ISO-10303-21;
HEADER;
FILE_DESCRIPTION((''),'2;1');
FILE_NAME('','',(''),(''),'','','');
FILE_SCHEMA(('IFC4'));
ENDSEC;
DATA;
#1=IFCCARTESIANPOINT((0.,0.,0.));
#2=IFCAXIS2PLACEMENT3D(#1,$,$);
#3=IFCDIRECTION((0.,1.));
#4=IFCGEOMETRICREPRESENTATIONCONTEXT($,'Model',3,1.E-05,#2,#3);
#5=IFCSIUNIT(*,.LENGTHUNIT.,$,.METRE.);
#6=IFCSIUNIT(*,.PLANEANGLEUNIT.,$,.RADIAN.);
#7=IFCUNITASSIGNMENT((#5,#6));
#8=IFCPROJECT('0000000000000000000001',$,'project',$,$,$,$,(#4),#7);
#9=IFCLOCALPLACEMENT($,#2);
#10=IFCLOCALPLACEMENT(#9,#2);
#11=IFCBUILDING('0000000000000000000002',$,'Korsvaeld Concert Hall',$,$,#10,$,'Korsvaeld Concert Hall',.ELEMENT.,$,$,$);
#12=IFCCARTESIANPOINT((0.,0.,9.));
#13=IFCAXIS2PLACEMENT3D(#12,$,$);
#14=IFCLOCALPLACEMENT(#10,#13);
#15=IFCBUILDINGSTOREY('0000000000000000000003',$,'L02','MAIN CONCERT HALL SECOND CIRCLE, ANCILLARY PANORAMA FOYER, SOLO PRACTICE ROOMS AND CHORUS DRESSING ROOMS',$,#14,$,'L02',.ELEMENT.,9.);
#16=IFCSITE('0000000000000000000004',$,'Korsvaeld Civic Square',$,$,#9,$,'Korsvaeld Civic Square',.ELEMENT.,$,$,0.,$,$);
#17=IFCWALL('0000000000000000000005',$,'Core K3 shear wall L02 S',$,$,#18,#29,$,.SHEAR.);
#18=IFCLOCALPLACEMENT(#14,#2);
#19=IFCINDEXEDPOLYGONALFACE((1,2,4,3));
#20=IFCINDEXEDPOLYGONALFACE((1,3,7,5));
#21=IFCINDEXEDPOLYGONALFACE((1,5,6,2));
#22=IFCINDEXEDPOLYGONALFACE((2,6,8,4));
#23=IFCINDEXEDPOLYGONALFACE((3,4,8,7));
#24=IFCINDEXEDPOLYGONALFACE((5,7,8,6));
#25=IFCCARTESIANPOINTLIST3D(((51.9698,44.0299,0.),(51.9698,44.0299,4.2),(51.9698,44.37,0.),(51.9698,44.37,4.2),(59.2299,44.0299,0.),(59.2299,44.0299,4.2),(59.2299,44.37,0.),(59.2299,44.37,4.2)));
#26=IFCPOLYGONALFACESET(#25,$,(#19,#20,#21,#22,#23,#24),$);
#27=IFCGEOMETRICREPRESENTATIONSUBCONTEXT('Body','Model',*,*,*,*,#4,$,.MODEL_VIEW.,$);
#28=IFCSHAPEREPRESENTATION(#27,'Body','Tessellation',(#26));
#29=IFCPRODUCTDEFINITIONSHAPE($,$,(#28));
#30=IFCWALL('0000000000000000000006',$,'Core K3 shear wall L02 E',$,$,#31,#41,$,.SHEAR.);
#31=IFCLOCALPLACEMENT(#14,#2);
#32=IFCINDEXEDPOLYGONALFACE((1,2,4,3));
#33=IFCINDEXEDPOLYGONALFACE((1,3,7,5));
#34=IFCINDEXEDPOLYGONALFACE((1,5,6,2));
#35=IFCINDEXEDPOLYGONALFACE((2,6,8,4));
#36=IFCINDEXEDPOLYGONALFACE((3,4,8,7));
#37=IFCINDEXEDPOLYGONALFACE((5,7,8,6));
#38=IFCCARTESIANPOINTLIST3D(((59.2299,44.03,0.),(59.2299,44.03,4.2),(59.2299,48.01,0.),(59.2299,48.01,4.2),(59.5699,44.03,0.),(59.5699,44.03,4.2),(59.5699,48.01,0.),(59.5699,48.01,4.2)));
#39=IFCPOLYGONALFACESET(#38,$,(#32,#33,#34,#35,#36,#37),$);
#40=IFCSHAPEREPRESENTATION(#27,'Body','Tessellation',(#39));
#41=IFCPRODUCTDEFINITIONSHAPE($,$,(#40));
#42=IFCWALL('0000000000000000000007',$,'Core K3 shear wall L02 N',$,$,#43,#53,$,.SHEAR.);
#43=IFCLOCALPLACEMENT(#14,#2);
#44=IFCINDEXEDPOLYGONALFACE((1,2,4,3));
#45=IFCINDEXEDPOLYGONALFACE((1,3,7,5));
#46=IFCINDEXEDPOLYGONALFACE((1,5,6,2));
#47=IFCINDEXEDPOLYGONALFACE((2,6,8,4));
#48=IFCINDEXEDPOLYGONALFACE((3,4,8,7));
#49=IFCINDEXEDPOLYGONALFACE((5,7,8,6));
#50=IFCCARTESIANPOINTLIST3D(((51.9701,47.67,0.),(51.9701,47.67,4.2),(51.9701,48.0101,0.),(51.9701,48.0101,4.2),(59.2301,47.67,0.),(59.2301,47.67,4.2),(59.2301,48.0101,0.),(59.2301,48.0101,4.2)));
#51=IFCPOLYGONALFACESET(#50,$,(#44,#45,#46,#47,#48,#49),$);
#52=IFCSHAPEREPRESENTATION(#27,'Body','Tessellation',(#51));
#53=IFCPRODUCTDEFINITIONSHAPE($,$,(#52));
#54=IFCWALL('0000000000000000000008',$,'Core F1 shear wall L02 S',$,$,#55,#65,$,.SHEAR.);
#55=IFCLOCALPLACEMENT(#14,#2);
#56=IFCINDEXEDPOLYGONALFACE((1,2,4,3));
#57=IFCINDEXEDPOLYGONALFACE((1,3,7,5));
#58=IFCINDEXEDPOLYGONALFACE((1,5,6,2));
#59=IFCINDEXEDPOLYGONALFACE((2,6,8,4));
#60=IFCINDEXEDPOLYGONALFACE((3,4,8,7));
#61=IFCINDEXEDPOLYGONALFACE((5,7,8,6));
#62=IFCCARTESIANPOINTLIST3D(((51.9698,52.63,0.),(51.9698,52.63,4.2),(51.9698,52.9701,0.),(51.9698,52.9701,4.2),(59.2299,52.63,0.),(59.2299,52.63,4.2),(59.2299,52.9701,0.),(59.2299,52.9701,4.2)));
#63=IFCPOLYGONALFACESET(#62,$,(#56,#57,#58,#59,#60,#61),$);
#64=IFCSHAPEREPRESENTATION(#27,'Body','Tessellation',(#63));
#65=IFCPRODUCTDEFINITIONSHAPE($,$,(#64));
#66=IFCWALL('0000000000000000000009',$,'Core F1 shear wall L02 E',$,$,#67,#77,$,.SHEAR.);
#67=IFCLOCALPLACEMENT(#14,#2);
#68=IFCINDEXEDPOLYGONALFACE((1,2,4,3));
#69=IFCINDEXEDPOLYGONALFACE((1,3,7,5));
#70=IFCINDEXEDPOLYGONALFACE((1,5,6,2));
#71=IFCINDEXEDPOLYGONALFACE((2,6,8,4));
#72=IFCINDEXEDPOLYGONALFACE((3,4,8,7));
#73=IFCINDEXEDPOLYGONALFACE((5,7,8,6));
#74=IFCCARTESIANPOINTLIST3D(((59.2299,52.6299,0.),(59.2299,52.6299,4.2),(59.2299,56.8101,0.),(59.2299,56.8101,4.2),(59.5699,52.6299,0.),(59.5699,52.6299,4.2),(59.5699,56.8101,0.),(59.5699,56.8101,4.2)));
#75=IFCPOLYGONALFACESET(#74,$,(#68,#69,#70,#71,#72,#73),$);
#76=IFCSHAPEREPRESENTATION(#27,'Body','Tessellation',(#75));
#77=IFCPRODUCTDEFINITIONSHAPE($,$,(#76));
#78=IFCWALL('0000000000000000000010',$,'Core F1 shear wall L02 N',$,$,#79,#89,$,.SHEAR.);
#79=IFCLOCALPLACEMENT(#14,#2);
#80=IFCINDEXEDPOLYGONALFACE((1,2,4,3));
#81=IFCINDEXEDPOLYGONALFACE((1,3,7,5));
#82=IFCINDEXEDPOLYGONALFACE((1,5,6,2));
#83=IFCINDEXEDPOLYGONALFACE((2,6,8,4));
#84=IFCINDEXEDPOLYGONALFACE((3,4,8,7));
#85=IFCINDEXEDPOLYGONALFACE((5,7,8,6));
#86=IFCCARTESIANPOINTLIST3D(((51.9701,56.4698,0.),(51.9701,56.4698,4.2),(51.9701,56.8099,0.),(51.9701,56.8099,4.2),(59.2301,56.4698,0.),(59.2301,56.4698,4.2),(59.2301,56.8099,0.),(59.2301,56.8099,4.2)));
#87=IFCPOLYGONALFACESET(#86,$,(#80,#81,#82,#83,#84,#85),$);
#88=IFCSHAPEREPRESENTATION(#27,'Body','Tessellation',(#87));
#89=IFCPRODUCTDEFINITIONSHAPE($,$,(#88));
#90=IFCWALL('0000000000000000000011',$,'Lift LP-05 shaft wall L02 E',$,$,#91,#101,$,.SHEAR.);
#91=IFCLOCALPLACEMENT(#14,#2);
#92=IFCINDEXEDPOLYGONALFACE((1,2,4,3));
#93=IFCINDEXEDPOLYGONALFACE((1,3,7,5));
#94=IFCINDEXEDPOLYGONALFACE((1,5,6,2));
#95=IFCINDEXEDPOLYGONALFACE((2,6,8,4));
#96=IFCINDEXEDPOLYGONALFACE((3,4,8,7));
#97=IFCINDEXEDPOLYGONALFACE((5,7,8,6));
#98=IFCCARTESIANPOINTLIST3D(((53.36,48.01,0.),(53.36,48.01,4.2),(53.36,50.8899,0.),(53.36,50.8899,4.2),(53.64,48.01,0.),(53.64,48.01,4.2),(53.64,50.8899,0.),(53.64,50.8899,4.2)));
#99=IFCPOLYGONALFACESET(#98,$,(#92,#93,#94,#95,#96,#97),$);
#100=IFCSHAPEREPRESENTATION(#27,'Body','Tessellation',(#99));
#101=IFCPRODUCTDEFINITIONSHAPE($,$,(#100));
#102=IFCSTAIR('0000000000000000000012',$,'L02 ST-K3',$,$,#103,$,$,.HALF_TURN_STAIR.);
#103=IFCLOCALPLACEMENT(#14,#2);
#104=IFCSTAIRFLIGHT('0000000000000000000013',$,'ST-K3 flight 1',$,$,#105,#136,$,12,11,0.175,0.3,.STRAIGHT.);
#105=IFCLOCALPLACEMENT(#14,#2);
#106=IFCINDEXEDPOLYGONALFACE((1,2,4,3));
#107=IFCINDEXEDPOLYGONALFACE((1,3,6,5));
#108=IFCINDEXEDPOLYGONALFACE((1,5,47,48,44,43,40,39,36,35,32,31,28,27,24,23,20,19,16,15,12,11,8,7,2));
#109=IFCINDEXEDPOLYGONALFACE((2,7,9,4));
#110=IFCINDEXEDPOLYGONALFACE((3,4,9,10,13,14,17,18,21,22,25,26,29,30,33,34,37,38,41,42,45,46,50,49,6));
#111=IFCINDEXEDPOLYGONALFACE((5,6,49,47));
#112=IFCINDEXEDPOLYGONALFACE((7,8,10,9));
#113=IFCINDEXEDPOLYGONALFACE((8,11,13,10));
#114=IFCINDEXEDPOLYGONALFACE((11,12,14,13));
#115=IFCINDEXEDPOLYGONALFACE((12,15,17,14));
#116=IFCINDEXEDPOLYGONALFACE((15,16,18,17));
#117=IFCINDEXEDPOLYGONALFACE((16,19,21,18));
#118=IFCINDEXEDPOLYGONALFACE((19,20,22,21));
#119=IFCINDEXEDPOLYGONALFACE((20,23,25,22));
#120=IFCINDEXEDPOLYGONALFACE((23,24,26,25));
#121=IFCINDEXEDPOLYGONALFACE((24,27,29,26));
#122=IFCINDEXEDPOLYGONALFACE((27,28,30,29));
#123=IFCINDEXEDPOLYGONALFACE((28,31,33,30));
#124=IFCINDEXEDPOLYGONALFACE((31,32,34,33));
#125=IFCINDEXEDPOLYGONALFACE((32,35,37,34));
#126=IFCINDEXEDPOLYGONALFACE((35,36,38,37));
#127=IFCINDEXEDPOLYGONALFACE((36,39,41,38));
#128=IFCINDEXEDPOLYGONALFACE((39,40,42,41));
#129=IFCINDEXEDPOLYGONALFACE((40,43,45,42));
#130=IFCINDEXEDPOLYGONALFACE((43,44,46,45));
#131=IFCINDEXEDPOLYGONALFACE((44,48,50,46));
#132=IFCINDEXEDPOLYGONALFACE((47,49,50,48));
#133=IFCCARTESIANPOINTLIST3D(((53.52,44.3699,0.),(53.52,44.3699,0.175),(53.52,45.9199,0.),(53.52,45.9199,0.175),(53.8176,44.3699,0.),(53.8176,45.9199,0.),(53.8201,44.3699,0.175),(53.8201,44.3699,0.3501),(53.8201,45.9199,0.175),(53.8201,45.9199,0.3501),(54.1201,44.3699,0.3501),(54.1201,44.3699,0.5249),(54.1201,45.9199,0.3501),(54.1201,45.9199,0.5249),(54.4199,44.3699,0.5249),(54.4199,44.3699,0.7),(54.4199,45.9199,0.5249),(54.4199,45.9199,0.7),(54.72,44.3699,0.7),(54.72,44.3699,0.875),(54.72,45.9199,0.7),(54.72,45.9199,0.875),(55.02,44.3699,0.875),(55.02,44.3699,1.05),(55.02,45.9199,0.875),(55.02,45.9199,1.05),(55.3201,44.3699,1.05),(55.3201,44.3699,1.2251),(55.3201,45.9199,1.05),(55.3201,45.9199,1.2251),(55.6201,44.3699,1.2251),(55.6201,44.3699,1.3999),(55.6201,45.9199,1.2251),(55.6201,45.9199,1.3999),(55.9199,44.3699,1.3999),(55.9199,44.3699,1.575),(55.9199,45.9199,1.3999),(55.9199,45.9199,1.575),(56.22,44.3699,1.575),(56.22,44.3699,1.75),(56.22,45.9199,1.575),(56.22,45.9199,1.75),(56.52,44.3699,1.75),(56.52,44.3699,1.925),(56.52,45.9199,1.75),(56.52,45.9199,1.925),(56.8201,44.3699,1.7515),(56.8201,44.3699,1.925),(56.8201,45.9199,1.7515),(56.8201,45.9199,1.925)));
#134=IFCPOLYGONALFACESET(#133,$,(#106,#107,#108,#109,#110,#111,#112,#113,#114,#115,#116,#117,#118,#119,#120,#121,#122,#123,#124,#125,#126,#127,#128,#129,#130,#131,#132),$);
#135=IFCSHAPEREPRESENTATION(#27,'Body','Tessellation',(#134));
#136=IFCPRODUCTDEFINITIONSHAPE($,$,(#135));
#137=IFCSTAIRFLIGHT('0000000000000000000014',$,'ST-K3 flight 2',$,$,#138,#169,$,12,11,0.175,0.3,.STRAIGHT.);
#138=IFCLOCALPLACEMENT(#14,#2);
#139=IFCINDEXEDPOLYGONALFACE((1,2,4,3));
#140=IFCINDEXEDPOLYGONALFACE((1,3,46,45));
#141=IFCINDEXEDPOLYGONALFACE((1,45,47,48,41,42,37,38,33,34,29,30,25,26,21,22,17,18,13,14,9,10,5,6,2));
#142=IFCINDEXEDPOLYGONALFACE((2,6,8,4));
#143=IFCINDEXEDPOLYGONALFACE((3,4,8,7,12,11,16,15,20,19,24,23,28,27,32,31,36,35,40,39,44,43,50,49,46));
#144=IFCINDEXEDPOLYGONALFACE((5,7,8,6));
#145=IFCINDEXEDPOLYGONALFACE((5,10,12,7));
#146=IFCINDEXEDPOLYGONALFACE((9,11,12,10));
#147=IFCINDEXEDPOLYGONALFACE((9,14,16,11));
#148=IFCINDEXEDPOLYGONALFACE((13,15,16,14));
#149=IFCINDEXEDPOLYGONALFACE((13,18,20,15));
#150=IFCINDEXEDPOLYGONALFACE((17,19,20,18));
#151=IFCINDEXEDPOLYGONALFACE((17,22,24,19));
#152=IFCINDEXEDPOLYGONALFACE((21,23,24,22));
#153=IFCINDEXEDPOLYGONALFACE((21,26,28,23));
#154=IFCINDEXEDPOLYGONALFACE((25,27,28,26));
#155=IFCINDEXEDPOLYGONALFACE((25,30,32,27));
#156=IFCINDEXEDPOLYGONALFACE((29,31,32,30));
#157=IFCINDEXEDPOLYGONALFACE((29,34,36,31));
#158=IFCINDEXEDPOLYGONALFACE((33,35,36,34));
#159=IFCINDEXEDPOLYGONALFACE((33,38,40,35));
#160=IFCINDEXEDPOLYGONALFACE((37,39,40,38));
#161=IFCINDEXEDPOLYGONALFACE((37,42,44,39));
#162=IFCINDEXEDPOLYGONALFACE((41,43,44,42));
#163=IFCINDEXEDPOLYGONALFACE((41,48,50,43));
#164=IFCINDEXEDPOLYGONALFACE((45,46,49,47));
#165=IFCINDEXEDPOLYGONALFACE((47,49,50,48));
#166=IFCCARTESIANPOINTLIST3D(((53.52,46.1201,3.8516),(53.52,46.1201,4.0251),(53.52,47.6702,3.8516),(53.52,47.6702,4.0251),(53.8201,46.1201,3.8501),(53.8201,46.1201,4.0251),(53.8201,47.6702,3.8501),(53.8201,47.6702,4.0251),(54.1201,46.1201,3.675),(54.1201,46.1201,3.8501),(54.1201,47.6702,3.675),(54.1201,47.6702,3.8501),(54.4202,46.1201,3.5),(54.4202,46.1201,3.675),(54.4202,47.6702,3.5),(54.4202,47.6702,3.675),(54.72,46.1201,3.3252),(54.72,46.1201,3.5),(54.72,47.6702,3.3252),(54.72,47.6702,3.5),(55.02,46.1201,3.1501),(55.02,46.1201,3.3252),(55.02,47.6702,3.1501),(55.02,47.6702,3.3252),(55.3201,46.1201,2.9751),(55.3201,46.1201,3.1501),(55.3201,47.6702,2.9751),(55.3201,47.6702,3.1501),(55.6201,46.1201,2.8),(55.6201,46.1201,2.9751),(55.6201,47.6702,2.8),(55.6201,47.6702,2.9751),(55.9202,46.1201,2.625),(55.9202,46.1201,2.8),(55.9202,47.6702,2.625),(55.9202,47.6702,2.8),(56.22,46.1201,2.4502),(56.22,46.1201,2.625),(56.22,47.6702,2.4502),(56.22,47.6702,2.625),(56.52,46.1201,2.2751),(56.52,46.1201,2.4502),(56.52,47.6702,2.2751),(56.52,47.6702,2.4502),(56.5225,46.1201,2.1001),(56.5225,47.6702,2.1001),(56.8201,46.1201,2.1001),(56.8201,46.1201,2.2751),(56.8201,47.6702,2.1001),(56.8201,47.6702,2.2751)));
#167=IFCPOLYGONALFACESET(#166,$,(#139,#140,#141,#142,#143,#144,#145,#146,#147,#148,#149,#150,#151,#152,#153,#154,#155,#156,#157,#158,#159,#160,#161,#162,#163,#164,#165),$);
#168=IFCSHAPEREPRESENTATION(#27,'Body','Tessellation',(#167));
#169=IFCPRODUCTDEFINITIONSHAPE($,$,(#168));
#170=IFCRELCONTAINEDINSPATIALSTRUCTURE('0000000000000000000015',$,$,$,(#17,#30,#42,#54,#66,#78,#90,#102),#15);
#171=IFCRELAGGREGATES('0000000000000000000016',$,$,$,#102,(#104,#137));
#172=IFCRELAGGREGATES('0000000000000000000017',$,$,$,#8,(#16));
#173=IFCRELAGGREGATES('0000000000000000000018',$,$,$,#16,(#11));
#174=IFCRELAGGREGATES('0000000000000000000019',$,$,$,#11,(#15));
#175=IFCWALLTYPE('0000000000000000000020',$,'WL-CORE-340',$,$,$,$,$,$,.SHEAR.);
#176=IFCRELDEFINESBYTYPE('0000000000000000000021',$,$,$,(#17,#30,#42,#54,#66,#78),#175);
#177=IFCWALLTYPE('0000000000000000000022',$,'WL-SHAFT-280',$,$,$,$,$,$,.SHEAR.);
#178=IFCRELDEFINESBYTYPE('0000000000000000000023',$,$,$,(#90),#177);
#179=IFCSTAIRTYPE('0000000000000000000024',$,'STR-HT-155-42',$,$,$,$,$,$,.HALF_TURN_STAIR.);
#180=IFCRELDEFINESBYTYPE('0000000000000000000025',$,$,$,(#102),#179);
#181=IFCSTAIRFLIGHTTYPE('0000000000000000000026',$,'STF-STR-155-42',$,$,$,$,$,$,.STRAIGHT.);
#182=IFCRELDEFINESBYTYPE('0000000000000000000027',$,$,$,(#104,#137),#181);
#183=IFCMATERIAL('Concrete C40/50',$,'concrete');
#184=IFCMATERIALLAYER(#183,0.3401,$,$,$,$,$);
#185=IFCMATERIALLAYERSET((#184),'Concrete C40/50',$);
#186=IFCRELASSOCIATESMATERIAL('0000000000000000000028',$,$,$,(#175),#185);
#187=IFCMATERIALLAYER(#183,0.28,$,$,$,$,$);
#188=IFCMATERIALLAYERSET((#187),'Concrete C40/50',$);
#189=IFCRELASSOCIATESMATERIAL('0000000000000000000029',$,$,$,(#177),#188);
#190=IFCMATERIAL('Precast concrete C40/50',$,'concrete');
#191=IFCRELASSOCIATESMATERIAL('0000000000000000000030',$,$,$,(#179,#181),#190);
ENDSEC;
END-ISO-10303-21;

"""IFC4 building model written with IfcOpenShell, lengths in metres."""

from ifc_helpers import new_model, si_unit, direction, frame, frame_2d, origin, place, context, subcontext, project, spatial, polyline, rectangle, outline, extrude, material, layer, layer_set, type_object, element, aggregate, save


model = new_model("IFC4")

# Units and contexts
model_context = context("Model", 3, precision=1e-05, world=origin(), true_north=direction((0.0, 1.0)))
body_context = subcontext(model_context, "Body", "Model", "MODEL_VIEW")
ifc_project = project(units=[si_unit("LENGTHUNIT", "METRE"), si_unit("PLANEANGLEUNIT", "RADIAN")], contexts=[model_context])

# Site, building, storey
site_placement = place(None, origin())
site = spatial("IfcSite", under=ifc_project, at=site_placement, Name="Korsvaeld Civic Square", LongName="Korsvaeld Civic Square", CompositionType="ELEMENT", RefElevation=0.0)
building_placement = place(site_placement, origin())
building = spatial("IfcBuilding", under=site, at=building_placement, Name="Korsvaeld Concert Hall", LongName="Korsvaeld Concert Hall", CompositionType="ELEMENT")
storey_placement = place(building_placement, frame((0.0, 0.0, 9.0)))
storey = spatial("IfcBuildingStorey", under=building, at=storey_placement, Name="L02", Description="MAIN CONCERT HALL SECOND CIRCLE, ANCILLARY PANORAMA FOYER, SOLO PRACTICE ROOMS AND CHORUS DRESSING ROOMS", LongName="L02", CompositionType="ELEMENT", Elevation=9.0)

# Shared definitions
ifc_material_1 = material(Name="Concrete C40/50", Category="concrete")

# Walls
ifc_layer_1 = layer(ifc_material_1, 0.3401)
ifc_layer_set_1 = layer_set([ifc_layer_1], Name="Concrete C40/50")
wall_type_1 = type_object("IfcWallType", Name="WL-CORE-340", PredefinedType="SHEAR", material=ifc_layer_set_1)
wall_1_placement = place(storey_placement, frame((51.97, 44.2, 0.0), z_axis=(0.0, 0.0, 1.0), x_axis=(1.0, 0.0, 0.0)))
element("IfcWall", 1, at=wall_1_placement, inside=storey, type_object=wall_type_1, Name="Core K3 shear wall L02 S", PredefinedType="SHEAR", context=body_context, shape_type="SweptSolid", body=[
    extrude(rectangle(XDim=7.26, YDim=0.3401, at=frame_2d((3.6299, 0.0))), origin(), (0.0, 0.0, 1.0), 4.2),
])
wall_2_placement = place(storey_placement, frame((59.3999, 44.03, 0.0), z_axis=(0.0, 0.0, 1.0), x_axis=(0.0, 1.0, 0.0)))
element("IfcWall", 2, at=wall_2_placement, inside=storey, type_object=wall_type_1, Name="Core K3 shear wall L02 E", PredefinedType="SHEAR", context=body_context, shape_type="SweptSolid", body=[
    extrude(rectangle(XDim=3.98, YDim=0.3401, at=frame_2d((1.99, 0.0))), origin(), (0.0, 0.0, 1.0), 4.2),
])
wall_3_placement = place(storey_placement, frame((59.23, 47.8401, 0.0), z_axis=(0.0, 0.0, 1.0), x_axis=(-1.0, 0.0, 0.0)))
element("IfcWall", 3, at=wall_3_placement, inside=storey, type_object=wall_type_1, Name="Core K3 shear wall L02 N", PredefinedType="SHEAR", context=body_context, shape_type="SweptSolid", body=[
    extrude(rectangle(XDim=7.26, YDim=0.3401, at=frame_2d((3.6299, 0.0))), origin(), (0.0, 0.0, 1.0), 4.2),
])

# Walls
wall_4_placement = place(storey_placement, frame((51.97, 52.8, 0.0), z_axis=(0.0, 0.0, 1.0), x_axis=(1.0, 0.0, 0.0)))
element("IfcWall", 4, at=wall_4_placement, inside=storey, type_object=wall_type_1, Name="Core F1 shear wall L02 S", PredefinedType="SHEAR", context=body_context, shape_type="SweptSolid", body=[
    extrude(rectangle(XDim=7.26, YDim=0.3401, at=frame_2d((3.6299, 0.0))), origin(), (0.0, 0.0, 1.0), 4.2),
])
wall_5_placement = place(storey_placement, frame((59.3999, 52.6299, 0.0), z_axis=(0.0, 0.0, 1.0), x_axis=(0.0, 1.0, 0.0)))
element("IfcWall", 5, at=wall_5_placement, inside=storey, type_object=wall_type_1, Name="Core F1 shear wall L02 E", PredefinedType="SHEAR", context=body_context, shape_type="SweptSolid", body=[
    extrude(rectangle(XDim=4.1802, YDim=0.3401, at=frame_2d((2.0901, 0.0))), origin(), (0.0, 0.0, 1.0), 4.2),
])
wall_6_placement = place(storey_placement, frame((59.23, 56.6399, 0.0), z_axis=(0.0, 0.0, 1.0), x_axis=(-1.0, 0.0, 0.0)))
element("IfcWall", 6, at=wall_6_placement, inside=storey, type_object=wall_type_1, Name="Core F1 shear wall L02 N", PredefinedType="SHEAR", context=body_context, shape_type="SweptSolid", body=[
    extrude(rectangle(XDim=7.26, YDim=0.3401, at=frame_2d((3.6299, 0.0))), origin(), (0.0, 0.0, 1.0), 4.2),
])

# Wall
ifc_layer_2 = layer(ifc_material_1, 0.28)
ifc_layer_set_2 = layer_set([ifc_layer_2], Name="Concrete C40/50")
wall_type_2 = type_object("IfcWallType", Name="WL-SHAFT-280", PredefinedType="SHEAR", material=ifc_layer_set_2)
wall_7_placement = place(storey_placement, frame((53.5, 48.01, 0.0), z_axis=(0.0, 0.0, 1.0), x_axis=(0.0, 1.0, 0.0)))
element("IfcWall", 7, at=wall_7_placement, inside=storey, type_object=wall_type_2, Name="Lift LP-05 shaft wall L02 E", PredefinedType="SHEAR", context=body_context, shape_type="SweptSolid", body=[
    extrude(rectangle(XDim=2.8799, YDim=0.28, at=frame_2d((1.4399, 0.0))), origin(), (0.0, 0.0, 1.0), 4.2),
])

# Stair, stair flights
ifc_material_2 = material(Name="Precast concrete C40/50", Category="concrete")
stair_type = type_object("IfcStairType", Name="STR-HT-155-42", PredefinedType="HALF_TURN_STAIR", material=ifc_material_2)
stair_placement = place(storey_placement, origin())
stair = element("IfcStair", 8, at=stair_placement, inside=storey, type_object=stair_type, Name="L02 ST-K3", PredefinedType="HALF_TURN_STAIR")
stair_flight_type = type_object("IfcStairFlightType", Name="STF-STR-155-42", PredefinedType="STRAIGHT", material=ifc_material_2)
stair_flight_1_placement = place(storey_placement, frame((53.52, 45.145, 0.0), z_axis=(0.0, 0.0, 1.0), x_axis=(1.0, 0.0, 0.0)))
stair_flight_1 = element("IfcStairFlight", 9, at=stair_flight_1_placement, type_object=stair_flight_type, Name="ST-K3 flight 1", NumberOfRisers=12, NumberOfTreads=11, PredefinedType="STRAIGHT", RiserHeight=0.175, TreadLength=0.3, context=body_context, shape_type="SweptSolid", body=[
    extrude(outline(polyline([(0.0, 0.0), (0.0, 0.175), (0.3, 0.175), (0.3, 0.3501), (0.6001, 0.3501), (0.6001, 0.5249), (0.8999, 0.5249), (0.8999, 0.7), (1.2, 0.7), (1.2, 0.875), (1.5, 0.875), (1.5, 1.05), (1.8, 1.05), (1.8, 1.2251), (2.1001, 1.2251), (2.1001, 1.3999), (2.3999, 1.3999), (2.3999, 1.575), (2.7, 1.575), (2.7, 1.75), (3.0, 1.75), (3.0, 1.925), (3.3, 1.925), (3.3, 2.1001), (3.3, 1.7515), (0.2976, 0.0), (0.0, 0.0)])), frame((0.0, 0.7749, 0.0), z_axis=(0.0, -1.0, 0.0), x_axis=(1.0, 0.0, 0.0)), (0.0, 0.0, 1.0), 1.55),
])
stair_flight_2_placement = place(storey_placement, frame((56.8201, 46.895, 2.1001), z_axis=(0.0, 0.0, 1.0), x_axis=(-1.0, 0.0, 0.0)))
stair_flight_2 = element("IfcStairFlight", 10, at=stair_flight_2_placement, type_object=stair_flight_type, Name="ST-K3 flight 2", NumberOfRisers=12, NumberOfTreads=11, PredefinedType="STRAIGHT", RiserHeight=0.175, TreadLength=0.3, context=body_context, shape_type="SweptSolid", body=[
    extrude(outline(polyline([(0.0, 0.0), (0.0, 0.175), (0.3, 0.175), (0.3, 0.3501), (0.6001, 0.3501), (0.6001, 0.5249), (0.8999, 0.5249), (0.8999, 0.7), (1.2, 0.7), (1.2, 0.875), (1.5, 0.875), (1.5, 1.05), (1.8, 1.05), (1.8, 1.2251), (2.1001, 1.2251), (2.1001, 1.3999), (2.3999, 1.3999), (2.3999, 1.575), (2.7, 1.575), (2.7, 1.75), (3.0, 1.75), (3.0, 1.925), (3.3, 1.925), (3.3, 2.1001), (3.3, 1.7515), (0.2976, 0.0), (0.0, 0.0)])), frame((0.0, 0.7749, 0.0), z_axis=(0.0, -1.0, 0.0), x_axis=(1.0, 0.0, 0.0)), (0.0, 0.0, 1.0), 1.55),
])
aggregate(stair, [stair_flight_1, stair_flight_2])

save(model, "model.ifc")
